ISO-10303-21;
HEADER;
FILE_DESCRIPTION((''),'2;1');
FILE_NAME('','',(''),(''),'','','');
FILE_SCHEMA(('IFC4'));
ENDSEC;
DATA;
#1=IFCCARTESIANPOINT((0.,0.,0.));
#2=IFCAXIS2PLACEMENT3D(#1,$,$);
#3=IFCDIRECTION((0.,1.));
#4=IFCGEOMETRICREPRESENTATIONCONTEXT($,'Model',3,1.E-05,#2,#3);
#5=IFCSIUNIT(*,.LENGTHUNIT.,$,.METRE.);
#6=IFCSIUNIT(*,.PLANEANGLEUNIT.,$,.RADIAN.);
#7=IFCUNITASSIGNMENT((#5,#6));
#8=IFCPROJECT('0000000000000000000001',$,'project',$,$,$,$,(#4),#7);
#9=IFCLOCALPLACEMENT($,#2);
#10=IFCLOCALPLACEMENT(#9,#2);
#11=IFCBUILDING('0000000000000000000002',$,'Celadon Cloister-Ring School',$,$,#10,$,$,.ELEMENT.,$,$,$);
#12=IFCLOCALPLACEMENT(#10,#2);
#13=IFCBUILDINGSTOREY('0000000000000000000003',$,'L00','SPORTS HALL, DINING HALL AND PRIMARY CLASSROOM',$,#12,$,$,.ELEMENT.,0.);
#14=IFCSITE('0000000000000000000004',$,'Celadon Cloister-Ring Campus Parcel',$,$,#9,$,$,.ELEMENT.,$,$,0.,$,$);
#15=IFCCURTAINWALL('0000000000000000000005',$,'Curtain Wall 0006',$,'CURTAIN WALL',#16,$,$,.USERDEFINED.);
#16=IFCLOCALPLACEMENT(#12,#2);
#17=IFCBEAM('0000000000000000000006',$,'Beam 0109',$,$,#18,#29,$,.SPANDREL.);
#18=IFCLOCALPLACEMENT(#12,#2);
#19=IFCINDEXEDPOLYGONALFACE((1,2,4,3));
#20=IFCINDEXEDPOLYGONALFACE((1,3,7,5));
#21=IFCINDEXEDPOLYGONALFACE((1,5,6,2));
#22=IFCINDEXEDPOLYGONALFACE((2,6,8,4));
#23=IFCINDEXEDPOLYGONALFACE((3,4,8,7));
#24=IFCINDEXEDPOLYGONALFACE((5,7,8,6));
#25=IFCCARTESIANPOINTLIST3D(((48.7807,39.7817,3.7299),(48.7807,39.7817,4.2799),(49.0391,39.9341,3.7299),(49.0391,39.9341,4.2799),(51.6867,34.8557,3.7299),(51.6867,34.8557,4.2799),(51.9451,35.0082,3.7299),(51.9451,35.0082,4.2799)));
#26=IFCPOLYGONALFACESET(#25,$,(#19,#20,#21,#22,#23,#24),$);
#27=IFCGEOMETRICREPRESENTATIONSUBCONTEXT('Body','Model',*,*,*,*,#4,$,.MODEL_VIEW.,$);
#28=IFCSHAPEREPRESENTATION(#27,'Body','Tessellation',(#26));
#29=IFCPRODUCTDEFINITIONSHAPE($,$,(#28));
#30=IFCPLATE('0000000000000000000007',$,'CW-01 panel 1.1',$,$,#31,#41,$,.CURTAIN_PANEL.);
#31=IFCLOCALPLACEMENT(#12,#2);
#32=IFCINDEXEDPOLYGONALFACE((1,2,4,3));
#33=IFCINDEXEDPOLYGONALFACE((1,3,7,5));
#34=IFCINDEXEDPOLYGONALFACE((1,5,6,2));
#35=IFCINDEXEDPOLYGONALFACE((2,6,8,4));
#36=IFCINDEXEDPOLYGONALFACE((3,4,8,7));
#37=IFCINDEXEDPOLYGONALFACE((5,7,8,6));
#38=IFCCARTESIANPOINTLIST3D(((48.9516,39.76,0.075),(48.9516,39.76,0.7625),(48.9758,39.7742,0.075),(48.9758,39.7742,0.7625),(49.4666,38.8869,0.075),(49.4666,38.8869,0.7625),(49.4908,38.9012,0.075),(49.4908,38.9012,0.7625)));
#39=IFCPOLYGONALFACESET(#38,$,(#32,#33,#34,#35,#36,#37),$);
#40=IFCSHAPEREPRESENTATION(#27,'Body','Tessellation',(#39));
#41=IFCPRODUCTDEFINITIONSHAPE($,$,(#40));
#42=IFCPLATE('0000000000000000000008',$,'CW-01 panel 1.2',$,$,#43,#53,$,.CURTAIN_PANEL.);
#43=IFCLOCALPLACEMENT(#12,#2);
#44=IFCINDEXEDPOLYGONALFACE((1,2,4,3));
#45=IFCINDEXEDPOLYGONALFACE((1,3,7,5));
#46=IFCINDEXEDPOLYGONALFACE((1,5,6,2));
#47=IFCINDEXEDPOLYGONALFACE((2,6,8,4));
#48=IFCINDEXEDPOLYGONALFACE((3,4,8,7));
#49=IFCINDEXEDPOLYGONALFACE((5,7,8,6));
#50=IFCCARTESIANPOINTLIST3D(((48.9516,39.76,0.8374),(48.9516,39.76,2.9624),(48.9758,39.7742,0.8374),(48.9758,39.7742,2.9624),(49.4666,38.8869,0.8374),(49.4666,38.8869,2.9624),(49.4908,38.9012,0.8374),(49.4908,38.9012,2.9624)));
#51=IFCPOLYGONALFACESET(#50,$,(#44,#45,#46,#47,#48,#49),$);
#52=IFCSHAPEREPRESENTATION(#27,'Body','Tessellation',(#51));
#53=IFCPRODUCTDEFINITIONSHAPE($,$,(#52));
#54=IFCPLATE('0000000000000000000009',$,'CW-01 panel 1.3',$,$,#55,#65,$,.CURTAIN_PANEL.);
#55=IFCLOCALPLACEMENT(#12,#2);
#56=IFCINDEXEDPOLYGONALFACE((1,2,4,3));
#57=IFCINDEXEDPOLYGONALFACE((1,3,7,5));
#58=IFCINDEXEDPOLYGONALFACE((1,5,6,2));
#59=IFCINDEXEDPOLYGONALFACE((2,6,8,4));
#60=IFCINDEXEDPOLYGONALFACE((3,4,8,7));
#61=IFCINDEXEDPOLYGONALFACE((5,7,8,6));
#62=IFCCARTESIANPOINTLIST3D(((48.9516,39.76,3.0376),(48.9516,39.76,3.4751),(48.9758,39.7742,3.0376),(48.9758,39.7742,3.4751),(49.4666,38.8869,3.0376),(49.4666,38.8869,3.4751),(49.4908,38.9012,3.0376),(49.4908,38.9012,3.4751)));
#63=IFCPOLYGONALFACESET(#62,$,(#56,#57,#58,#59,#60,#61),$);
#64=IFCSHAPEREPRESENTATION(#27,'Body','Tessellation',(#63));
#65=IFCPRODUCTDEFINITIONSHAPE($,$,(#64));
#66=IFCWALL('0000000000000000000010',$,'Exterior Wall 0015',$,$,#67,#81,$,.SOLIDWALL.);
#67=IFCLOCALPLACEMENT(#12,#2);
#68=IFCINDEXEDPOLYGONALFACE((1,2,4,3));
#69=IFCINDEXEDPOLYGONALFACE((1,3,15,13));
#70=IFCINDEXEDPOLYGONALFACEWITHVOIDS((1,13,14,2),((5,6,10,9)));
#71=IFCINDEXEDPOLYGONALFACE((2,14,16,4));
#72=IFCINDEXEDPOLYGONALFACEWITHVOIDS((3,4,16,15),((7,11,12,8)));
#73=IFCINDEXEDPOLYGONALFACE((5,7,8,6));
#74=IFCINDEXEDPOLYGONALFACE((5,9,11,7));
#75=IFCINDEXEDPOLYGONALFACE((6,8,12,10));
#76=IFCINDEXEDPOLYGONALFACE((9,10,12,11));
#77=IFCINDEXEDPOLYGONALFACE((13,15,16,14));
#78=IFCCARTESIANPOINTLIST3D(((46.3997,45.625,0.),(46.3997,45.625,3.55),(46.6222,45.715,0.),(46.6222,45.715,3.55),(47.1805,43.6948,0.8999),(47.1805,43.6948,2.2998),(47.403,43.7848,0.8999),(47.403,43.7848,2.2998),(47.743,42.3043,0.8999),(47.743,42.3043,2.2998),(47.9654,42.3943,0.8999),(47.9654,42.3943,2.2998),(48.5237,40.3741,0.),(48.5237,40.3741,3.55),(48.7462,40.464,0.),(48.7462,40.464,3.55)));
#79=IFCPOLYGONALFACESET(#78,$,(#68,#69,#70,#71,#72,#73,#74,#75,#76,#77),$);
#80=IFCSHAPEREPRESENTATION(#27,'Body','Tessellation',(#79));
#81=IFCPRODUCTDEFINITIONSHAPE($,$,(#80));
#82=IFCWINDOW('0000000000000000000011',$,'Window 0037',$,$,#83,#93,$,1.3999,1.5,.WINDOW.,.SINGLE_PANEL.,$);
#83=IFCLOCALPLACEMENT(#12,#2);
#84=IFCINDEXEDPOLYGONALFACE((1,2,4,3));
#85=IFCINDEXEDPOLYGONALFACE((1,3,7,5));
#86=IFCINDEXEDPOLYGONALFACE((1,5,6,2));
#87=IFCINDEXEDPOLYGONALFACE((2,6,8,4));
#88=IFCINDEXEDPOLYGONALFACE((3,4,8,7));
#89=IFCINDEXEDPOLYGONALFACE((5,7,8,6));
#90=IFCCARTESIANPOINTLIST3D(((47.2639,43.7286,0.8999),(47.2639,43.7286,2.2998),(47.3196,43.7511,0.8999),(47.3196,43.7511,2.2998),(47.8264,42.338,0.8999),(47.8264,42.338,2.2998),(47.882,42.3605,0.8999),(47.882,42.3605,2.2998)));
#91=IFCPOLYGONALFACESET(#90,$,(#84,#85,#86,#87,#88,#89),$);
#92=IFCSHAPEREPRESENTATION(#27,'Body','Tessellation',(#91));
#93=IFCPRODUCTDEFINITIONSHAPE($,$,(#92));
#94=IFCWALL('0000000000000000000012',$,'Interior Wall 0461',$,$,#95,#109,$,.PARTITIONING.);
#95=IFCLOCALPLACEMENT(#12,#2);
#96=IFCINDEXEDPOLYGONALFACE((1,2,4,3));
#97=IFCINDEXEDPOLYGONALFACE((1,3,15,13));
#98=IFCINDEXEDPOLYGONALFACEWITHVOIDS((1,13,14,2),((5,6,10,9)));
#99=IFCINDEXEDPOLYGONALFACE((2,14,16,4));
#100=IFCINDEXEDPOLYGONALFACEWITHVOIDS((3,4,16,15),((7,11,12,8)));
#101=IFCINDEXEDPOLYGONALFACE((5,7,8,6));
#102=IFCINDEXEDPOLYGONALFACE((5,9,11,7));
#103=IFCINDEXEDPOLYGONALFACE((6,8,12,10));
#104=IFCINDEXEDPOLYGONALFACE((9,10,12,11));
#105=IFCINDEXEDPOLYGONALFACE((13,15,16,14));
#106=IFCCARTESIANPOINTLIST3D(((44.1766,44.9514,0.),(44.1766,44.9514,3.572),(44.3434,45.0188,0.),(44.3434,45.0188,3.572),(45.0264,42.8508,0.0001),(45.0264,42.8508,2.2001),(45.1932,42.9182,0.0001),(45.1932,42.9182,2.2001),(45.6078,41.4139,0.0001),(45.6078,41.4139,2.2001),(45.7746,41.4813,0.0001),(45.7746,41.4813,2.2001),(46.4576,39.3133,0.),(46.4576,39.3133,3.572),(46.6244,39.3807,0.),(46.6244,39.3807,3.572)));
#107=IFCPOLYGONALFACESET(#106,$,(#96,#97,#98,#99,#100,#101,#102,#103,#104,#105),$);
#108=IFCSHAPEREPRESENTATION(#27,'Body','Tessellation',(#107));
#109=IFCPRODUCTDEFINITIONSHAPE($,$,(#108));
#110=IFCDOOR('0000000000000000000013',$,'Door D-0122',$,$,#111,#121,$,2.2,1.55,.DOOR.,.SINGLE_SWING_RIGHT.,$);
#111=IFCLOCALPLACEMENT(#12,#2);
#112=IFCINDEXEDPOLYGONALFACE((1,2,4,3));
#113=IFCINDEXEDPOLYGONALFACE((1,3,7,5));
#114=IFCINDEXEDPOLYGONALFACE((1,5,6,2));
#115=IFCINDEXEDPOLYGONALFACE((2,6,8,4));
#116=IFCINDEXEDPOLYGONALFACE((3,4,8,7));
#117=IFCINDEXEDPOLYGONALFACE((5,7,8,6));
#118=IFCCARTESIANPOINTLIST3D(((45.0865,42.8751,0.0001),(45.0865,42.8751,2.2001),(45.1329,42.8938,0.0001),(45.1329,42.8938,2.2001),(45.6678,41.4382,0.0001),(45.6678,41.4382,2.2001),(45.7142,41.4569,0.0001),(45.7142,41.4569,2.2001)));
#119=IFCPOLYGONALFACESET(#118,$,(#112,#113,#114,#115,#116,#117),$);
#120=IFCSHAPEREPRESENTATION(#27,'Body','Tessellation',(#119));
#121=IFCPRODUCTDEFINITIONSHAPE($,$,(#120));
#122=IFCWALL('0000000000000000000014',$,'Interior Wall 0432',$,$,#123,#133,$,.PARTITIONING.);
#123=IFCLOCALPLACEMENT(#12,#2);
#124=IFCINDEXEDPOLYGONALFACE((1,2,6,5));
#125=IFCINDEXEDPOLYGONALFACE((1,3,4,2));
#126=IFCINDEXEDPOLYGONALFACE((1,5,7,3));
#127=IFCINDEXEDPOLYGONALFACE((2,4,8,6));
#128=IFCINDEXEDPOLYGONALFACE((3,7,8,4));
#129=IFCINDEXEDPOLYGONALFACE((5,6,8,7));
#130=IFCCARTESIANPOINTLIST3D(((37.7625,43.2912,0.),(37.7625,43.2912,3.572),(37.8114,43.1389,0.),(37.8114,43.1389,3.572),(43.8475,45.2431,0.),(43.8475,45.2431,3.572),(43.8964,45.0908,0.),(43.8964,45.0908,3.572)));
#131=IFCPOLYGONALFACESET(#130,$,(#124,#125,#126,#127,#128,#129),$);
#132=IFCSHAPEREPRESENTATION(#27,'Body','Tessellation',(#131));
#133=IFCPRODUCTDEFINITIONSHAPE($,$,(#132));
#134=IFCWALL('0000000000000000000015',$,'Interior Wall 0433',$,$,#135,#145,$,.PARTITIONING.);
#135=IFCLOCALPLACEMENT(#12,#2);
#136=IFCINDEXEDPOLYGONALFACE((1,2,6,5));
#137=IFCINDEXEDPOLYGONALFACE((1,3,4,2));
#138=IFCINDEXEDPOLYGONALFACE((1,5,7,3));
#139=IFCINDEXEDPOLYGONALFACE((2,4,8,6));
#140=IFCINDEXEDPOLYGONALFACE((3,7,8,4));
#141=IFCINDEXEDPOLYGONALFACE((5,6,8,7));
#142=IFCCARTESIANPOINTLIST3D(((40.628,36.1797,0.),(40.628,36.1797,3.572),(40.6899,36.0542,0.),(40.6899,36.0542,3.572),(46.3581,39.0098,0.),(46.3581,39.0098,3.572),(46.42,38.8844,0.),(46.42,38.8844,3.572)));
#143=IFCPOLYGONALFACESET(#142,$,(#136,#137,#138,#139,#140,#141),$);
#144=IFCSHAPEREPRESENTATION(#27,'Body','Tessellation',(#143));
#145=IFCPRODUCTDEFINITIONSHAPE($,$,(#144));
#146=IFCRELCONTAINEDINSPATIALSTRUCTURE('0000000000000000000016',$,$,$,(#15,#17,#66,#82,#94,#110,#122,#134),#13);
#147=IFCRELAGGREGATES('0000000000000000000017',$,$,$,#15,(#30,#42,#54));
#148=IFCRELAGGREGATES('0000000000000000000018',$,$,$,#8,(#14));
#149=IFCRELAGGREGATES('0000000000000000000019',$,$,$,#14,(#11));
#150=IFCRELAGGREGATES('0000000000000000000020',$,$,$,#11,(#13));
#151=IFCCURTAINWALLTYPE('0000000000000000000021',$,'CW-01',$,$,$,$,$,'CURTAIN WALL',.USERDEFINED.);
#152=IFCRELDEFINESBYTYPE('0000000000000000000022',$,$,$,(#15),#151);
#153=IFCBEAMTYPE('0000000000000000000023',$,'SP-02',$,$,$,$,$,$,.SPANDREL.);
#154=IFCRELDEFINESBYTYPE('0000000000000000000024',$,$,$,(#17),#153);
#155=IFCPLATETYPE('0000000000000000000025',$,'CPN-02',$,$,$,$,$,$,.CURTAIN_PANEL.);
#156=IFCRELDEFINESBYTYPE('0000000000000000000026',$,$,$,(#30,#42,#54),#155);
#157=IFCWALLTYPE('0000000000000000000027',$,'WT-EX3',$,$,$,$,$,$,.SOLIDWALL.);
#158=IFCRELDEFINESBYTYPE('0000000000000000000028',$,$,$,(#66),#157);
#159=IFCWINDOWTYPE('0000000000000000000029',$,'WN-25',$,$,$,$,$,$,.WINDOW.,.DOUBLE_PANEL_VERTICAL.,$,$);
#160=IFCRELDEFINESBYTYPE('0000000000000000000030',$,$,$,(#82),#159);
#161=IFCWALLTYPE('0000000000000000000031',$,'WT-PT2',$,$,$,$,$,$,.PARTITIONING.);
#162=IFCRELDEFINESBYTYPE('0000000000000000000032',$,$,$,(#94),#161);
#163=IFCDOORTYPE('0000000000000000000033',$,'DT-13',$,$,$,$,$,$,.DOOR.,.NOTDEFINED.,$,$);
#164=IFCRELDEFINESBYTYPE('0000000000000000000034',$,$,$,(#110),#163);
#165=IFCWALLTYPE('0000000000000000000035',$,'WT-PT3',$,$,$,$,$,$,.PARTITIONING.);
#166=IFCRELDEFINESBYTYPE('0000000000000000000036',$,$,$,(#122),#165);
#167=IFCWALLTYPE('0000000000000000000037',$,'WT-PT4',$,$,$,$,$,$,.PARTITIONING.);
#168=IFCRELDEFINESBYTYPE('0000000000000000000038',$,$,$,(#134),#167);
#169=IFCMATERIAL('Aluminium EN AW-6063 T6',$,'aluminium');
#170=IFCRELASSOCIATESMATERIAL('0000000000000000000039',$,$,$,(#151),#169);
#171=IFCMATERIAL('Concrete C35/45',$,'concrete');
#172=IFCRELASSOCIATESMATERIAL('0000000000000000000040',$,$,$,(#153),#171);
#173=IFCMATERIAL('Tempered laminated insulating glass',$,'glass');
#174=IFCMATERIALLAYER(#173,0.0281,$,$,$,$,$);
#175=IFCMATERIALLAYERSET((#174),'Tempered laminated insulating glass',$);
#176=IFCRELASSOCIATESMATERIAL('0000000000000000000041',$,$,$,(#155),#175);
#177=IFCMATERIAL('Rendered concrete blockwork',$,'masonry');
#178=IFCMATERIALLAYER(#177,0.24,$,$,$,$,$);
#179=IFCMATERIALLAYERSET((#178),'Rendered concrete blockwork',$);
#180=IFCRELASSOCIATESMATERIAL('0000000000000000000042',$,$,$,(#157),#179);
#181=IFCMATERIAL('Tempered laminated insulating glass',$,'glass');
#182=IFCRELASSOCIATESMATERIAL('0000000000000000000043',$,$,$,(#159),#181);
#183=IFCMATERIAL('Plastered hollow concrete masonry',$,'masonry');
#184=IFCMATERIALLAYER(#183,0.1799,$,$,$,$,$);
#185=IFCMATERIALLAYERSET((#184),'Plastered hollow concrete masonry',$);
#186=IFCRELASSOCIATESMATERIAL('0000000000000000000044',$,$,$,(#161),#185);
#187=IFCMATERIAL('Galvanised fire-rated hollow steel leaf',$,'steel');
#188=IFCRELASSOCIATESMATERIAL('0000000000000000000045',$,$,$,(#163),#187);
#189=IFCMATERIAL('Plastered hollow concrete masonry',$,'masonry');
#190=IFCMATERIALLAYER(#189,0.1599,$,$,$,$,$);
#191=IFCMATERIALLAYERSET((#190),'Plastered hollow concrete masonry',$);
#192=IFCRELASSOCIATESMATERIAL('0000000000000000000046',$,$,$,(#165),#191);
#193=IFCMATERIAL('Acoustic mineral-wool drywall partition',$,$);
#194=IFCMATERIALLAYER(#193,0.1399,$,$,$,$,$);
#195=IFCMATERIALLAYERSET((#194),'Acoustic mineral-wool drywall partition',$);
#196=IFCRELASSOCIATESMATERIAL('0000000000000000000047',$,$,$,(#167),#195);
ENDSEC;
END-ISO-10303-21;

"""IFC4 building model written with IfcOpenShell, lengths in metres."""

from ifc_helpers import new_model, si_unit, direction, frame, frame_2d, origin, origin_2d, place, context, subcontext, project, spatial, rectangle, extrude, material, layer, layer_set, material_profile, profile_set, type_object, element, fill, aggregate, save


model = new_model("IFC4")

# Units and contexts
model_context = context("Model", 3, precision=1e-05, world=origin(), true_north=direction((0.0, 1.0)))
body_context = subcontext(model_context, "Body", "Model", "MODEL_VIEW")
ifc_project = project(units=[si_unit("LENGTHUNIT", "METRE"), si_unit("PLANEANGLEUNIT", "RADIAN")], contexts=[model_context])

# Site, building, storey
site_placement = place(None, origin())
site = spatial("IfcSite", under=ifc_project, at=site_placement, Name="Celadon Cloister-Ring Campus Parcel", CompositionType="ELEMENT", RefElevation=0.0)
building_placement = place(site_placement, origin())
building = spatial("IfcBuilding", under=site, at=building_placement, Name="Celadon Cloister-Ring School", CompositionType="ELEMENT")
storey_placement = place(building_placement, origin())
storey = spatial("IfcBuildingStorey", under=building, at=storey_placement, Name="L00", Description="SPORTS HALL, DINING HALL AND PRIMARY CLASSROOM", CompositionType="ELEMENT", Elevation=0.0)

# Curtain wall
ifc_material_1 = material(Name="Aluminium EN AW-6063 T6", Category="aluminium")
curtain_wall_type = type_object("IfcCurtainWallType", Name="CW-01", ElementType="CURTAIN WALL", PredefinedType="USERDEFINED", material=ifc_material_1)
curtain_wall_placement = place(storey_placement, origin())
curtain_wall = element("IfcCurtainWall", 1, at=curtain_wall_placement, inside=storey, type_object=curtain_wall_type, Name="Curtain Wall 0006", ObjectType="CURTAIN WALL", PredefinedType="USERDEFINED")

# Beam
ifc_material_2 = material(Name="Concrete C35/45", Category="concrete")
ifc_material_profile_1 = material_profile(ifc_material_2, rectangle(XDim=0.3, YDim=0.55, at=origin_2d()), Name="RC300X550")
ifc_profile_set_1 = profile_set([ifc_material_profile_1], Name="Concrete C35/45")
beam_type_1 = type_object("IfcBeamType", Name="SP-02", PredefinedType="SPANDREL", material=ifc_profile_set_1)
beam_1_placement = place(storey_placement, frame((48.9099, 39.8579, 4.0049), z_axis=(0.508104, -0.861296, 0.0), x_axis=(0.861296, 0.508104, 0.0)))
element("IfcBeam", 2, at=beam_1_placement, inside=storey, type_object=beam_type_1, Name="Beam 0109", PredefinedType="SPANDREL", context=body_context, shape_type="SweptSolid", body=[
    extrude(rectangle(XDim=0.3, YDim=0.55, at=origin_2d()), origin(), (0.0, 0.0, 1.0), 5.7192),
])

# Plates
ifc_material_3 = material(Name="Tempered laminated insulating glass", Category="glass")
ifc_layer_1 = layer(ifc_material_3, 0.0281)
ifc_layer_set_1 = layer_set([ifc_layer_1], Name="Tempered laminated insulating glass")
plate_type = type_object("IfcPlateType", Name="CPN-02", PredefinedType="CURTAIN_PANEL", material=ifc_layer_set_1)
plate_1_placement = place(storey_placement, frame((49.2212, 39.3306, 0.075), z_axis=(0.0, 0.0, 1.0), x_axis=(0.508099, -0.861299, 0.0)))
plate_1 = element("IfcPlate", 3, at=plate_1_placement, type_object=plate_type, Name="CW-01 panel 1.1", PredefinedType="CURTAIN_PANEL", context=body_context, shape_type="SweptSolid", body=[
    extrude(rectangle(XDim=1.0137, YDim=0.0281, at=origin_2d()), origin(), (0.0, 0.0, 1.0), 0.6875),
])
plate_2_placement = place(storey_placement, frame((49.2212, 39.3306, 0.8374), z_axis=(0.0, 0.0, 1.0), x_axis=(0.508099, -0.861299, 0.0)))
plate_2 = element("IfcPlate", 4, at=plate_2_placement, type_object=plate_type, Name="CW-01 panel 1.2", PredefinedType="CURTAIN_PANEL", context=body_context, shape_type="SweptSolid", body=[
    extrude(rectangle(XDim=1.0137, YDim=0.0281, at=origin_2d()), origin(), (0.0, 0.0, 1.0), 2.125),
])
plate_3_placement = place(storey_placement, frame((49.2212, 39.3306, 3.0376), z_axis=(0.0, 0.0, 1.0), x_axis=(0.508099, -0.861299, 0.0)))
plate_3 = element("IfcPlate", 5, at=plate_3_placement, type_object=plate_type, Name="CW-01 panel 1.3", PredefinedType="CURTAIN_PANEL", context=body_context, shape_type="SweptSolid", body=[
    extrude(rectangle(XDim=1.0137, YDim=0.0281, at=origin_2d()), origin(), (0.0, 0.0, 1.0), 0.4375),
])
aggregate(curtain_wall, [plate_1, plate_2, plate_3])

# Wall, opening, window
ifc_material_4 = material(Name="Rendered concrete blockwork", Category="masonry")
ifc_layer_2 = layer(ifc_material_4, 0.24)
ifc_layer_set_2 = layer_set([ifc_layer_2], Name="Rendered concrete blockwork")
wall_type_1 = type_object("IfcWallType", Name="WT-EX3", PredefinedType="SOLIDWALL", material=ifc_layer_set_2)
wall_1_placement = place(storey_placement, frame((46.511, 45.6699, 0.0), z_axis=(0.0, 0.0, 1.0), x_axis=(0.374985, -0.927031, 0.0)))
wall_1 = element("IfcWall", 6, at=wall_1_placement, inside=storey, type_object=wall_type_1, Name="Exterior Wall 0015", PredefinedType="SOLIDWALL", context=body_context, shape_type="SweptSolid", body=[
    extrude(rectangle(XDim=5.6643, YDim=0.24, at=frame_2d((2.832, 0.0))), origin(), (0.0, 0.0, 1.0), 3.55),
])
opening_1_placement = place(wall_1_placement, frame((2.082, 0.0, 0.8999)))
opening_1 = element("IfcOpeningElement", 7, at=opening_1_placement, cuts=wall_1, PredefinedType="OPENING", context=body_context, shape_type="SweptSolid", body=[
    extrude(rectangle(XDim=1.5, YDim=1.3999, at=frame_2d((0.75, 0.7))), frame((0.0, 0.1299, 0.0), z_axis=(0.0, -1.0, 0.0), x_axis=(1.0, 0.0, 0.0)), (0.0, 0.0, 1.0), 0.26),
])
ifc_material_5 = material(Name="Tempered laminated insulating glass", Category="glass")
window_type = type_object("IfcWindowType", Name="WN-25", PartitioningType="DOUBLE_PANEL_VERTICAL", PredefinedType="WINDOW", material=ifc_material_5)
window_placement = place(opening_1_placement, origin())
window = element("IfcWindow", 8, at=window_placement, inside=storey, type_object=window_type, Name="Window 0037", OverallHeight=1.3999, OverallWidth=1.5, PartitioningType="SINGLE_PANEL", PredefinedType="WINDOW", context=body_context, shape_type="SweptSolid", body=[
    extrude(rectangle(XDim=1.5, YDim=1.3999, at=frame_2d((0.75, 0.7))), frame((0.0, 0.03, 0.0), z_axis=(0.0, -1.0, 0.0), x_axis=(1.0, 0.0, 0.0)), (0.0, 0.0, 1.0), 0.0601),
])
fill(opening_1, window)

# Wall, opening, door
ifc_material_6 = material(Name="Plastered hollow concrete masonry", Category="masonry")
ifc_layer_3 = layer(ifc_material_6, 0.1799)
ifc_layer_set_3 = layer_set([ifc_layer_3], Name="Plastered hollow concrete masonry")
wall_type_2 = type_object("IfcWallType", Name="WT-PT2", PredefinedType="PARTITIONING", material=ifc_layer_set_3)
wall_2_placement = place(storey_placement, frame((44.26, 44.9851, 0.0), z_axis=(0.0, 0.0, 1.0), x_axis=(0.375035, -0.927011, 0.0)))
wall_2 = element("IfcWall", 9, at=wall_2_placement, inside=storey, type_object=wall_type_2, Name="Interior Wall 0461", PredefinedType="PARTITIONING", context=body_context, shape_type="SweptSolid", body=[
    extrude(rectangle(XDim=6.082, YDim=0.1799, at=frame_2d((3.041, 0.0))), origin(), (0.0, 0.0, 1.0), 3.572),
])
opening_2_placement = place(wall_2_placement, frame((2.2661, 0.0, 0.0)))
opening_2 = element("IfcOpeningElement", 10, at=opening_2_placement, cuts=wall_2, PredefinedType="OPENING", context=body_context, shape_type="SweptSolid", body=[
    extrude(rectangle(XDim=1.55, YDim=2.2, at=frame_2d((0.7749, 1.1001))), frame((0.0, 0.1001, 0.0), z_axis=(0.0, -1.0, 0.0), x_axis=(1.0, 0.0, 0.0)), (0.0, 0.0, 1.0), 0.2),
])
ifc_material_7 = material(Name="Galvanised fire-rated hollow steel leaf", Category="steel")
door_type = type_object("IfcDoorType", Name="DT-13", OperationType="NOTDEFINED", PredefinedType="DOOR", material=ifc_material_7)
door_placement = place(opening_2_placement, origin())
door = element("IfcDoor", 11, at=door_placement, inside=storey, type_object=door_type, Name="Door D-0122", OperationType="SINGLE_SWING_RIGHT", OverallHeight=2.2, OverallWidth=1.55, PredefinedType="DOOR", context=body_context, shape_type="SweptSolid", body=[
    extrude(rectangle(XDim=1.55, YDim=2.2, at=frame_2d((0.7749, 1.1001))), frame((0.0, 0.0249, 0.0), z_axis=(0.0, -1.0, 0.0), x_axis=(1.0, 0.0, 0.0)), (0.0, 0.0, 1.0), 0.05),
])
fill(opening_2, door)

# Walls
ifc_material_8 = material(Name="Plastered hollow concrete masonry", Category="masonry")
ifc_layer_4 = layer(ifc_material_8, 0.1599)
ifc_layer_set_4 = layer_set([ifc_layer_4], Name="Plastered hollow concrete masonry")
wall_type_3 = type_object("IfcWallType", Name="WT-PT3", PredefinedType="PARTITIONING", material=ifc_layer_set_4)
wall_3_placement = place(storey_placement, frame((43.8721, 45.167, 0.0), z_axis=(0.0, 0.0, 1.0), x_axis=(-0.95221, -0.305445, 0.0)))
element("IfcWall", 12, at=wall_3_placement, inside=storey, type_object=wall_type_3, Name="Interior Wall 0432", PredefinedType="PARTITIONING", context=body_context, shape_type="SweptSolid", body=[
    extrude(rectangle(XDim=6.3904, YDim=0.1599, at=frame_2d((3.1953, 0.0))), origin(), (0.0, 0.0, 1.0), 3.572),
])
ifc_material_9 = material(Name="Acoustic mineral-wool drywall partition")
ifc_layer_5 = layer(ifc_material_9, 0.1399)
ifc_layer_set_5 = layer_set([ifc_layer_5], Name="Acoustic mineral-wool drywall partition")
wall_type_4 = type_object("IfcWallType", Name="WT-PT4", PredefinedType="PARTITIONING", material=ifc_layer_set_5)
wall_4_placement = place(storey_placement, frame((46.3889, 38.947, 0.0), z_axis=(0.0, 0.0, 1.0), x_axis=(-0.896602, -0.442838, 0.0)))
element("IfcWall", 13, at=wall_4_placement, inside=storey, type_object=wall_type_4, Name="Interior Wall 0433", PredefinedType="PARTITIONING", context=body_context, shape_type="SweptSolid", body=[
    extrude(rectangle(XDim=6.3909, YDim=0.1399, at=frame_2d((3.1953, 0.0))), origin(), (0.0, 0.0, 1.0), 3.572),
])

save(model, "model.ifc")
